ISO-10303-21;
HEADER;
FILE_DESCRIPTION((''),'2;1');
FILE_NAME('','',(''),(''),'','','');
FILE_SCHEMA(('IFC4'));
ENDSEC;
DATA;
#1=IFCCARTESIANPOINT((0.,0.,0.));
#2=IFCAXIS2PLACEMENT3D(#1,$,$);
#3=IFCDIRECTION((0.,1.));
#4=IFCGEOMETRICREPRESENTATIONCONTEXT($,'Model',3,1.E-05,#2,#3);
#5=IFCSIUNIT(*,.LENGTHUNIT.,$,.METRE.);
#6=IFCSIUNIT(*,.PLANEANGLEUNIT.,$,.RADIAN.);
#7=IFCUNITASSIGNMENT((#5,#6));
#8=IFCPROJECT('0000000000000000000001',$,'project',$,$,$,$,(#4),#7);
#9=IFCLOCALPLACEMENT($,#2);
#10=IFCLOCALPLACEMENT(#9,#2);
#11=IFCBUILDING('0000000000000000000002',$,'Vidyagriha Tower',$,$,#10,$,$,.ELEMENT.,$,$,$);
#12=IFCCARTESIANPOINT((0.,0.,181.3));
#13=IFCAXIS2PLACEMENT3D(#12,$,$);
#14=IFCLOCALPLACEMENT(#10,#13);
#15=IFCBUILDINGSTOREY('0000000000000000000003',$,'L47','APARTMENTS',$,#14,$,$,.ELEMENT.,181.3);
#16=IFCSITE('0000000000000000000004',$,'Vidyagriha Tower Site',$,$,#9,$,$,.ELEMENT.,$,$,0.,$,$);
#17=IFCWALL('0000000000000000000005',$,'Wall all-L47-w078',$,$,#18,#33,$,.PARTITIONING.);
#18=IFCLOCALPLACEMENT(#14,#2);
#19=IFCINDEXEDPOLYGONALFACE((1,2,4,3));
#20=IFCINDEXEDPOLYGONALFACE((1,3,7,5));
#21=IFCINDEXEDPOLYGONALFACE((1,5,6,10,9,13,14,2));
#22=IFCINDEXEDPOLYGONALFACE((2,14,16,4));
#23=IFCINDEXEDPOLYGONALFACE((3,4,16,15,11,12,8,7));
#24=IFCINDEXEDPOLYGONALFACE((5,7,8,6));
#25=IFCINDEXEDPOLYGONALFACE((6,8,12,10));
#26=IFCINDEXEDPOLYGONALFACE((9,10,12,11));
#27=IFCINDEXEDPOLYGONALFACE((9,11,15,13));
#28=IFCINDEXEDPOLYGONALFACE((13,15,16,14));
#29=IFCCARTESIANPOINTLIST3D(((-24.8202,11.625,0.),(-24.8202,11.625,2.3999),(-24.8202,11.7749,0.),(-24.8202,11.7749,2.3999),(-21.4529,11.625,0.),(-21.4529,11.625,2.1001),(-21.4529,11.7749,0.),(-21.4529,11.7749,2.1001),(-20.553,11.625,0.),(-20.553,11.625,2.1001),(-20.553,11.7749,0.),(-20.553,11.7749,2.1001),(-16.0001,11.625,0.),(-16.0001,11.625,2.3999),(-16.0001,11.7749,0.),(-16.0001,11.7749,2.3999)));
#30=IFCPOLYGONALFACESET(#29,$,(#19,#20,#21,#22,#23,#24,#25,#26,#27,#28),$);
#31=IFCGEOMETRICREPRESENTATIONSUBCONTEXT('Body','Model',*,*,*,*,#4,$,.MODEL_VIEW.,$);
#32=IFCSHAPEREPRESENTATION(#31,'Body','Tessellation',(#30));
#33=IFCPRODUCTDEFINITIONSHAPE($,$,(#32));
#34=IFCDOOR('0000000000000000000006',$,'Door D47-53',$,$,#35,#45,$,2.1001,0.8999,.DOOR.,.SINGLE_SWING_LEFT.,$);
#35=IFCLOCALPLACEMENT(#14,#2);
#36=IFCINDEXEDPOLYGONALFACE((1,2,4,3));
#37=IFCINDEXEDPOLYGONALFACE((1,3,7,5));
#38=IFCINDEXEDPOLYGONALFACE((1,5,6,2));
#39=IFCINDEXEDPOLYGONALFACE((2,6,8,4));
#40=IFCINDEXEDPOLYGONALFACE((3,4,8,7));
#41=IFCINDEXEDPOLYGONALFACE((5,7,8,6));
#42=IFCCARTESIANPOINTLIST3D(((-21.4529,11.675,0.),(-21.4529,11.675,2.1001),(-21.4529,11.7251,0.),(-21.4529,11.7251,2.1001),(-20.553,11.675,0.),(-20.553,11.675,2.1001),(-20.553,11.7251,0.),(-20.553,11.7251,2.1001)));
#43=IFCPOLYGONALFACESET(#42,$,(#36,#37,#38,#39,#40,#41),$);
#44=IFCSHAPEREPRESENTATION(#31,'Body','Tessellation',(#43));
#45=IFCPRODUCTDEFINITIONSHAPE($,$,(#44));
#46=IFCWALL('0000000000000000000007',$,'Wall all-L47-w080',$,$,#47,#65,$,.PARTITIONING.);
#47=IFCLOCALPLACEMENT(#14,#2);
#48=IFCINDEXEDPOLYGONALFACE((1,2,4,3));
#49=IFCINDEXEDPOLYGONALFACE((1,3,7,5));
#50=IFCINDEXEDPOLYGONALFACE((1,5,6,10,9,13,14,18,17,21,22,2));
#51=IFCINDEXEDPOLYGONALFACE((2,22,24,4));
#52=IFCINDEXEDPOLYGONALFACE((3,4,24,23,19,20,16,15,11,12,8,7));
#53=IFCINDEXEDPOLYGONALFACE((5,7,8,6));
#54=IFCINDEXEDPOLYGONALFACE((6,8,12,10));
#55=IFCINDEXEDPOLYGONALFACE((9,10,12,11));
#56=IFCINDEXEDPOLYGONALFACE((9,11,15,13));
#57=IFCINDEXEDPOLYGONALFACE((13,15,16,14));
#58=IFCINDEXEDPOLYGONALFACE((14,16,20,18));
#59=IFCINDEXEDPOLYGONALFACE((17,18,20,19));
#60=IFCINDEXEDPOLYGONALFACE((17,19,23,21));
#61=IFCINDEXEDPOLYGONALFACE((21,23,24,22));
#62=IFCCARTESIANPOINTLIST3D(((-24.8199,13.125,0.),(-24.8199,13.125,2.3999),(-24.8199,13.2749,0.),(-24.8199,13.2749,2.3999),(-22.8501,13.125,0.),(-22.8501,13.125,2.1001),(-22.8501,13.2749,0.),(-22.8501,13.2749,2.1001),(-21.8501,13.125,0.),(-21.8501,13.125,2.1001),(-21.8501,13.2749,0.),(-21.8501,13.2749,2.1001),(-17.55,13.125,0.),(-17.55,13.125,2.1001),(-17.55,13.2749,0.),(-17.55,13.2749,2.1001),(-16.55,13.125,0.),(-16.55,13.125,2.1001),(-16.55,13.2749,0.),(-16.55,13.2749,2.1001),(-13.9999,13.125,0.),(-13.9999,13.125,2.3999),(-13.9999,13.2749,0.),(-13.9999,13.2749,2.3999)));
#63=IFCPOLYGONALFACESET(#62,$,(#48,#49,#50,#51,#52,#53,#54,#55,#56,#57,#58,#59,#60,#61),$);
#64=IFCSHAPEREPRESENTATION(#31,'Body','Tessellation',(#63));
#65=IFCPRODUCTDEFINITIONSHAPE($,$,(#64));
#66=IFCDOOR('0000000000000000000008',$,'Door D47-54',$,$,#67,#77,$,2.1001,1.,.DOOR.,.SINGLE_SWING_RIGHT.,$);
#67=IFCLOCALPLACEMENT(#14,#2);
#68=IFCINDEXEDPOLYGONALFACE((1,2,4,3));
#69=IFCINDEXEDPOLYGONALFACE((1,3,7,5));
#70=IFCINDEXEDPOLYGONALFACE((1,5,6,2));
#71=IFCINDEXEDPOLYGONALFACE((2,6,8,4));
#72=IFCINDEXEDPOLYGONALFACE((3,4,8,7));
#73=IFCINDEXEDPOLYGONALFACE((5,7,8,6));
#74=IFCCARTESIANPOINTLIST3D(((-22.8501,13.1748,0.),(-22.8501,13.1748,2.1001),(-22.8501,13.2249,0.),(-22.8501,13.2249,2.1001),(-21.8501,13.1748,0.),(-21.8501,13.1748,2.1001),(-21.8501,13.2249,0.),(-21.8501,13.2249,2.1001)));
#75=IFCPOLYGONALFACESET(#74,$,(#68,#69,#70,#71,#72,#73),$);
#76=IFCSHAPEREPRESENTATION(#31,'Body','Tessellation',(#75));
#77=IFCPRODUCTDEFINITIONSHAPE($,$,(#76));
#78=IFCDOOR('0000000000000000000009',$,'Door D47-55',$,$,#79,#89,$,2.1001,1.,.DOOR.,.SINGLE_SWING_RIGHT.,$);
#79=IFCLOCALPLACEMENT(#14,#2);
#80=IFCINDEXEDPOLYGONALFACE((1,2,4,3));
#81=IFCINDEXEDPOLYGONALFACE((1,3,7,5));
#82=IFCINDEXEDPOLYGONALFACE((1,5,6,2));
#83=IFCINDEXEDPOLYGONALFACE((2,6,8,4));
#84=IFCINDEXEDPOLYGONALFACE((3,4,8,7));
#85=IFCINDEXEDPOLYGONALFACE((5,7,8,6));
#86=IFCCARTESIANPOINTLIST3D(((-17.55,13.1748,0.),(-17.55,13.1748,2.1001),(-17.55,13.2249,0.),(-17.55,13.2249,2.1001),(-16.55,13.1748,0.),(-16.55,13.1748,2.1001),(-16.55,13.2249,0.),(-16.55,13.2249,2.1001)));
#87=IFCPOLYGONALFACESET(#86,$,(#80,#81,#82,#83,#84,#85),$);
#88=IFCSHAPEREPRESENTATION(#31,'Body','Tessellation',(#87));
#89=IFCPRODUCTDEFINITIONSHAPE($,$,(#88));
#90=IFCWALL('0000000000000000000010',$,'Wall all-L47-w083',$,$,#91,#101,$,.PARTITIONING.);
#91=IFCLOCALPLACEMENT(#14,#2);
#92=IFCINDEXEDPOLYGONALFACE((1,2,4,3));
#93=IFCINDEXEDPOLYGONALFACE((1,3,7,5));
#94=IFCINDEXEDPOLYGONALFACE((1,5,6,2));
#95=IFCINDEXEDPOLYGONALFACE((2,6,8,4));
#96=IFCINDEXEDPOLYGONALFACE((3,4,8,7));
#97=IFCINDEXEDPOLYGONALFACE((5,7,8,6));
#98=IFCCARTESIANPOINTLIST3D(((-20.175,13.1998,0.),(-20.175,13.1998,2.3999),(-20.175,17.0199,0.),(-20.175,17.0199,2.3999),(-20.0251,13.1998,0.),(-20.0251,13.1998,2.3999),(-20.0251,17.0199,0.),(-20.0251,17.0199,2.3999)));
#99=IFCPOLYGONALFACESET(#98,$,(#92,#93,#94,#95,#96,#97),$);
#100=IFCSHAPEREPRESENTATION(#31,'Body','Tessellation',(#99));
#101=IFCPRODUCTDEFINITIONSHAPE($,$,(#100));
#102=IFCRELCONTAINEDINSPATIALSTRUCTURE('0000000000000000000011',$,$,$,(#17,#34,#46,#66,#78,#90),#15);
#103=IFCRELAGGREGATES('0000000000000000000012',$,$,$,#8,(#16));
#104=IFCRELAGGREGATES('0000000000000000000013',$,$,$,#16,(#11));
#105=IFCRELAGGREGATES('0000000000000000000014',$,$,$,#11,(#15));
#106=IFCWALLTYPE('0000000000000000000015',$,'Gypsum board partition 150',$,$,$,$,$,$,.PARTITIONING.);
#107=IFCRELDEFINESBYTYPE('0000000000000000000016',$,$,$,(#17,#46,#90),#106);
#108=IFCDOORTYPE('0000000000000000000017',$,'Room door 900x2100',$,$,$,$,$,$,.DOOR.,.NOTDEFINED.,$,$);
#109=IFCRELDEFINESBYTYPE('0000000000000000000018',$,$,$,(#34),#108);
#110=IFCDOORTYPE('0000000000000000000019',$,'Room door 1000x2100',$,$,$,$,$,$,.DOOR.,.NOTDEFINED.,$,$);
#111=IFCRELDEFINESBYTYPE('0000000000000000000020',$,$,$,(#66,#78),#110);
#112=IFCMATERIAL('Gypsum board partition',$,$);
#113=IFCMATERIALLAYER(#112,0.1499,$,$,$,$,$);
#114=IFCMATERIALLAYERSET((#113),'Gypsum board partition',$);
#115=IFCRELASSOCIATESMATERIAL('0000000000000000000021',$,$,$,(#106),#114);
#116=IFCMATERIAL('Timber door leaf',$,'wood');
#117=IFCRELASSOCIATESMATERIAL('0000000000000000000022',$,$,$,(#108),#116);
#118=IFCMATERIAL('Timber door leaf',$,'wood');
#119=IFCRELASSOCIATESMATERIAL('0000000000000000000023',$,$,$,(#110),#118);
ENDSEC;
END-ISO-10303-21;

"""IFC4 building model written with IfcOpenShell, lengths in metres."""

from ifc_helpers import new_model, si_unit, direction, frame, frame_2d, origin, place, context, subcontext, project, spatial, rectangle, extrude, material, layer, layer_set, type_object, element, fill, save


model = new_model("IFC4")

# Units and contexts
model_context = context("Model", 3, precision=1e-05, world=origin(), true_north=direction((0.0, 1.0)))
body_context = subcontext(model_context, "Body", "Model", "MODEL_VIEW")
ifc_project = project(units=[si_unit("LENGTHUNIT", "METRE"), si_unit("PLANEANGLEUNIT", "RADIAN")], contexts=[model_context])

# Site, building, storey
site_placement = place(None, origin())
site = spatial("IfcSite", under=ifc_project, at=site_placement, Name="Vidyagriha Tower Site", CompositionType="ELEMENT", RefElevation=0.0)
building_placement = place(site_placement, origin())
building = spatial("IfcBuilding", under=site, at=building_placement, Name="Vidyagriha Tower", CompositionType="ELEMENT")
storey_placement = place(building_placement, frame((0.0, 0.0, 181.3)))
storey = spatial("IfcBuildingStorey", under=building, at=storey_placement, Name="L47", Description="APARTMENTS", CompositionType="ELEMENT", Elevation=181.3)

# Wall, opening, door
ifc_material_1 = material(Name="Gypsum board partition")
ifc_layer_1 = layer(ifc_material_1, 0.1499)
ifc_layer_set_1 = layer_set([ifc_layer_1], Name="Gypsum board partition")
wall_type_1 = type_object("IfcWallType", Name="Gypsum board partition 150", PredefinedType="PARTITIONING", material=ifc_layer_set_1)
wall_1_placement = place(storey_placement, frame((-16.0, 11.7, 0.0), z_axis=(0.0, 0.0, 1.0), x_axis=(-1.0, 0.0, 0.0)))
wall_1 = element("IfcWall", 1, at=wall_1_placement, inside=storey, type_object=wall_type_1, Name="Wall all-L47-w078", PredefinedType="PARTITIONING", context=body_context, shape_type="SweptSolid", body=[
    extrude(rectangle(XDim=8.8201, YDim=0.1499, at=frame_2d((4.4102, 0.0))), origin(), (0.0, 0.0, 1.0), 2.3999),
])
opening_1_placement = place(wall_1_placement, frame((4.553, 0.0, 0.0)))
opening_1 = element("IfcOpeningElement", 2, at=opening_1_placement, cuts=wall_1, PredefinedType="OPENING", context=body_context, shape_type="SweptSolid", body=[
    extrude(rectangle(XDim=0.8999, YDim=2.1001, at=frame_2d((0.45, 1.05))), frame((0.0, 0.085, 0.0), z_axis=(0.0, -1.0, 0.0), x_axis=(1.0, 0.0, 0.0)), (0.0, 0.0, 1.0), 0.1699),
])
ifc_material_2 = material(Name="Timber door leaf", Category="wood")
door_type_1 = type_object("IfcDoorType", Name="Room door 900x2100", OperationType="NOTDEFINED", PredefinedType="DOOR", material=ifc_material_2)
door_1_placement = place(opening_1_placement, origin())
door_1 = element("IfcDoor", 3, at=door_1_placement, inside=storey, type_object=door_type_1, Name="Door D47-53", OperationType="SINGLE_SWING_LEFT", OverallHeight=2.1001, OverallWidth=0.8999, PredefinedType="DOOR", context=body_context, shape_type="SweptSolid", body=[
    extrude(rectangle(XDim=0.8999, YDim=2.1001, at=frame_2d((0.45, 1.05))), frame((0.0, 0.0249, 0.0), z_axis=(0.0, -1.0, 0.0), x_axis=(1.0, 0.0, 0.0)), (0.0, 0.0, 1.0), 0.05),
])
fill(opening_1, door_1)

# Wall, openings, doors
wall_2_placement = place(storey_placement, frame((-24.8201, 13.2, 0.0)))
wall_2 = element("IfcWall", 4, at=wall_2_placement, inside=storey, type_object=wall_type_1, Name="Wall all-L47-w080", PredefinedType="PARTITIONING", context=body_context, shape_type="SweptSolid", body=[
    extrude(rectangle(XDim=10.8201, YDim=0.1499, at=frame_2d((5.4102, 0.0))), origin(), (0.0, 0.0, 1.0), 2.3999),
])
opening_2_placement = place(wall_2_placement, frame((1.97, 0.0, 0.0)))
opening_2 = element("IfcOpeningElement", 5, at=opening_2_placement, cuts=wall_2, PredefinedType="OPENING", context=body_context, shape_type="SweptSolid", body=[
    extrude(rectangle(XDim=1.0, YDim=2.1001, at=frame_2d((0.5, 1.05))), frame((0.0, 0.085, 0.0), z_axis=(0.0, -1.0, 0.0), x_axis=(1.0, 0.0, 0.0)), (0.0, 0.0, 1.0), 0.1699),
])
opening_3_placement = place(wall_2_placement, frame((7.27, 0.0, 0.0)))
opening_3 = element("IfcOpeningElement", 6, at=opening_3_placement, cuts=wall_2, PredefinedType="OPENING", context=body_context, shape_type="SweptSolid", body=[
    extrude(rectangle(XDim=1.0, YDim=2.1001, at=frame_2d((0.5, 1.05))), frame((0.0, 0.085, 0.0), z_axis=(0.0, -1.0, 0.0), x_axis=(1.0, 0.0, 0.0)), (0.0, 0.0, 1.0), 0.1699),
])
ifc_material_3 = material(Name="Timber door leaf", Category="wood")
door_type_2 = type_object("IfcDoorType", Name="Room door 1000x2100", OperationType="NOTDEFINED", PredefinedType="DOOR", material=ifc_material_3)
door_2_placement = place(opening_2_placement, origin())
door_2 = element("IfcDoor", 7, at=door_2_placement, inside=storey, type_object=door_type_2, Name="Door D47-54", OperationType="SINGLE_SWING_RIGHT", OverallHeight=2.1001, OverallWidth=1.0, PredefinedType="DOOR", context=body_context, shape_type="SweptSolid", body=[
    extrude(rectangle(XDim=1.0, YDim=2.1001, at=frame_2d((0.5, 1.05))), frame((0.0, 0.0249, 0.0), z_axis=(0.0, -1.0, 0.0), x_axis=(1.0, 0.0, 0.0)), (0.0, 0.0, 1.0), 0.05),
])
fill(opening_2, door_2)
door_3_placement = place(opening_3_placement, origin())
door_3 = element("IfcDoor", 8, at=door_3_placement, inside=storey, type_object=door_type_2, Name="Door D47-55", OperationType="SINGLE_SWING_RIGHT", OverallHeight=2.1001, OverallWidth=1.0, PredefinedType="DOOR", context=body_context, shape_type="SweptSolid", body=[
    extrude(rectangle(XDim=1.0, YDim=2.1001, at=frame_2d((0.5, 1.05))), frame((0.0, 0.0249, 0.0), z_axis=(0.0, -1.0, 0.0), x_axis=(1.0, 0.0, 0.0)), (0.0, 0.0, 1.0), 0.05),
])
fill(opening_3, door_3)

# Wall
wall_3_placement = place(storey_placement, frame((-20.1001, 17.02, 0.0), z_axis=(0.0, 0.0, 1.0), x_axis=(0.0, -1.0, 0.0)))
element("IfcWall", 9, at=wall_3_placement, inside=storey, type_object=wall_type_1, Name="Wall all-L47-w083", PredefinedType="PARTITIONING", context=body_context, shape_type="SweptSolid", body=[
    extrude(rectangle(XDim=3.8201, YDim=0.1499, at=frame_2d((1.9102, 0.0))), origin(), (0.0, 0.0, 1.0), 2.3999),
])

save(model, "model.ifc")
